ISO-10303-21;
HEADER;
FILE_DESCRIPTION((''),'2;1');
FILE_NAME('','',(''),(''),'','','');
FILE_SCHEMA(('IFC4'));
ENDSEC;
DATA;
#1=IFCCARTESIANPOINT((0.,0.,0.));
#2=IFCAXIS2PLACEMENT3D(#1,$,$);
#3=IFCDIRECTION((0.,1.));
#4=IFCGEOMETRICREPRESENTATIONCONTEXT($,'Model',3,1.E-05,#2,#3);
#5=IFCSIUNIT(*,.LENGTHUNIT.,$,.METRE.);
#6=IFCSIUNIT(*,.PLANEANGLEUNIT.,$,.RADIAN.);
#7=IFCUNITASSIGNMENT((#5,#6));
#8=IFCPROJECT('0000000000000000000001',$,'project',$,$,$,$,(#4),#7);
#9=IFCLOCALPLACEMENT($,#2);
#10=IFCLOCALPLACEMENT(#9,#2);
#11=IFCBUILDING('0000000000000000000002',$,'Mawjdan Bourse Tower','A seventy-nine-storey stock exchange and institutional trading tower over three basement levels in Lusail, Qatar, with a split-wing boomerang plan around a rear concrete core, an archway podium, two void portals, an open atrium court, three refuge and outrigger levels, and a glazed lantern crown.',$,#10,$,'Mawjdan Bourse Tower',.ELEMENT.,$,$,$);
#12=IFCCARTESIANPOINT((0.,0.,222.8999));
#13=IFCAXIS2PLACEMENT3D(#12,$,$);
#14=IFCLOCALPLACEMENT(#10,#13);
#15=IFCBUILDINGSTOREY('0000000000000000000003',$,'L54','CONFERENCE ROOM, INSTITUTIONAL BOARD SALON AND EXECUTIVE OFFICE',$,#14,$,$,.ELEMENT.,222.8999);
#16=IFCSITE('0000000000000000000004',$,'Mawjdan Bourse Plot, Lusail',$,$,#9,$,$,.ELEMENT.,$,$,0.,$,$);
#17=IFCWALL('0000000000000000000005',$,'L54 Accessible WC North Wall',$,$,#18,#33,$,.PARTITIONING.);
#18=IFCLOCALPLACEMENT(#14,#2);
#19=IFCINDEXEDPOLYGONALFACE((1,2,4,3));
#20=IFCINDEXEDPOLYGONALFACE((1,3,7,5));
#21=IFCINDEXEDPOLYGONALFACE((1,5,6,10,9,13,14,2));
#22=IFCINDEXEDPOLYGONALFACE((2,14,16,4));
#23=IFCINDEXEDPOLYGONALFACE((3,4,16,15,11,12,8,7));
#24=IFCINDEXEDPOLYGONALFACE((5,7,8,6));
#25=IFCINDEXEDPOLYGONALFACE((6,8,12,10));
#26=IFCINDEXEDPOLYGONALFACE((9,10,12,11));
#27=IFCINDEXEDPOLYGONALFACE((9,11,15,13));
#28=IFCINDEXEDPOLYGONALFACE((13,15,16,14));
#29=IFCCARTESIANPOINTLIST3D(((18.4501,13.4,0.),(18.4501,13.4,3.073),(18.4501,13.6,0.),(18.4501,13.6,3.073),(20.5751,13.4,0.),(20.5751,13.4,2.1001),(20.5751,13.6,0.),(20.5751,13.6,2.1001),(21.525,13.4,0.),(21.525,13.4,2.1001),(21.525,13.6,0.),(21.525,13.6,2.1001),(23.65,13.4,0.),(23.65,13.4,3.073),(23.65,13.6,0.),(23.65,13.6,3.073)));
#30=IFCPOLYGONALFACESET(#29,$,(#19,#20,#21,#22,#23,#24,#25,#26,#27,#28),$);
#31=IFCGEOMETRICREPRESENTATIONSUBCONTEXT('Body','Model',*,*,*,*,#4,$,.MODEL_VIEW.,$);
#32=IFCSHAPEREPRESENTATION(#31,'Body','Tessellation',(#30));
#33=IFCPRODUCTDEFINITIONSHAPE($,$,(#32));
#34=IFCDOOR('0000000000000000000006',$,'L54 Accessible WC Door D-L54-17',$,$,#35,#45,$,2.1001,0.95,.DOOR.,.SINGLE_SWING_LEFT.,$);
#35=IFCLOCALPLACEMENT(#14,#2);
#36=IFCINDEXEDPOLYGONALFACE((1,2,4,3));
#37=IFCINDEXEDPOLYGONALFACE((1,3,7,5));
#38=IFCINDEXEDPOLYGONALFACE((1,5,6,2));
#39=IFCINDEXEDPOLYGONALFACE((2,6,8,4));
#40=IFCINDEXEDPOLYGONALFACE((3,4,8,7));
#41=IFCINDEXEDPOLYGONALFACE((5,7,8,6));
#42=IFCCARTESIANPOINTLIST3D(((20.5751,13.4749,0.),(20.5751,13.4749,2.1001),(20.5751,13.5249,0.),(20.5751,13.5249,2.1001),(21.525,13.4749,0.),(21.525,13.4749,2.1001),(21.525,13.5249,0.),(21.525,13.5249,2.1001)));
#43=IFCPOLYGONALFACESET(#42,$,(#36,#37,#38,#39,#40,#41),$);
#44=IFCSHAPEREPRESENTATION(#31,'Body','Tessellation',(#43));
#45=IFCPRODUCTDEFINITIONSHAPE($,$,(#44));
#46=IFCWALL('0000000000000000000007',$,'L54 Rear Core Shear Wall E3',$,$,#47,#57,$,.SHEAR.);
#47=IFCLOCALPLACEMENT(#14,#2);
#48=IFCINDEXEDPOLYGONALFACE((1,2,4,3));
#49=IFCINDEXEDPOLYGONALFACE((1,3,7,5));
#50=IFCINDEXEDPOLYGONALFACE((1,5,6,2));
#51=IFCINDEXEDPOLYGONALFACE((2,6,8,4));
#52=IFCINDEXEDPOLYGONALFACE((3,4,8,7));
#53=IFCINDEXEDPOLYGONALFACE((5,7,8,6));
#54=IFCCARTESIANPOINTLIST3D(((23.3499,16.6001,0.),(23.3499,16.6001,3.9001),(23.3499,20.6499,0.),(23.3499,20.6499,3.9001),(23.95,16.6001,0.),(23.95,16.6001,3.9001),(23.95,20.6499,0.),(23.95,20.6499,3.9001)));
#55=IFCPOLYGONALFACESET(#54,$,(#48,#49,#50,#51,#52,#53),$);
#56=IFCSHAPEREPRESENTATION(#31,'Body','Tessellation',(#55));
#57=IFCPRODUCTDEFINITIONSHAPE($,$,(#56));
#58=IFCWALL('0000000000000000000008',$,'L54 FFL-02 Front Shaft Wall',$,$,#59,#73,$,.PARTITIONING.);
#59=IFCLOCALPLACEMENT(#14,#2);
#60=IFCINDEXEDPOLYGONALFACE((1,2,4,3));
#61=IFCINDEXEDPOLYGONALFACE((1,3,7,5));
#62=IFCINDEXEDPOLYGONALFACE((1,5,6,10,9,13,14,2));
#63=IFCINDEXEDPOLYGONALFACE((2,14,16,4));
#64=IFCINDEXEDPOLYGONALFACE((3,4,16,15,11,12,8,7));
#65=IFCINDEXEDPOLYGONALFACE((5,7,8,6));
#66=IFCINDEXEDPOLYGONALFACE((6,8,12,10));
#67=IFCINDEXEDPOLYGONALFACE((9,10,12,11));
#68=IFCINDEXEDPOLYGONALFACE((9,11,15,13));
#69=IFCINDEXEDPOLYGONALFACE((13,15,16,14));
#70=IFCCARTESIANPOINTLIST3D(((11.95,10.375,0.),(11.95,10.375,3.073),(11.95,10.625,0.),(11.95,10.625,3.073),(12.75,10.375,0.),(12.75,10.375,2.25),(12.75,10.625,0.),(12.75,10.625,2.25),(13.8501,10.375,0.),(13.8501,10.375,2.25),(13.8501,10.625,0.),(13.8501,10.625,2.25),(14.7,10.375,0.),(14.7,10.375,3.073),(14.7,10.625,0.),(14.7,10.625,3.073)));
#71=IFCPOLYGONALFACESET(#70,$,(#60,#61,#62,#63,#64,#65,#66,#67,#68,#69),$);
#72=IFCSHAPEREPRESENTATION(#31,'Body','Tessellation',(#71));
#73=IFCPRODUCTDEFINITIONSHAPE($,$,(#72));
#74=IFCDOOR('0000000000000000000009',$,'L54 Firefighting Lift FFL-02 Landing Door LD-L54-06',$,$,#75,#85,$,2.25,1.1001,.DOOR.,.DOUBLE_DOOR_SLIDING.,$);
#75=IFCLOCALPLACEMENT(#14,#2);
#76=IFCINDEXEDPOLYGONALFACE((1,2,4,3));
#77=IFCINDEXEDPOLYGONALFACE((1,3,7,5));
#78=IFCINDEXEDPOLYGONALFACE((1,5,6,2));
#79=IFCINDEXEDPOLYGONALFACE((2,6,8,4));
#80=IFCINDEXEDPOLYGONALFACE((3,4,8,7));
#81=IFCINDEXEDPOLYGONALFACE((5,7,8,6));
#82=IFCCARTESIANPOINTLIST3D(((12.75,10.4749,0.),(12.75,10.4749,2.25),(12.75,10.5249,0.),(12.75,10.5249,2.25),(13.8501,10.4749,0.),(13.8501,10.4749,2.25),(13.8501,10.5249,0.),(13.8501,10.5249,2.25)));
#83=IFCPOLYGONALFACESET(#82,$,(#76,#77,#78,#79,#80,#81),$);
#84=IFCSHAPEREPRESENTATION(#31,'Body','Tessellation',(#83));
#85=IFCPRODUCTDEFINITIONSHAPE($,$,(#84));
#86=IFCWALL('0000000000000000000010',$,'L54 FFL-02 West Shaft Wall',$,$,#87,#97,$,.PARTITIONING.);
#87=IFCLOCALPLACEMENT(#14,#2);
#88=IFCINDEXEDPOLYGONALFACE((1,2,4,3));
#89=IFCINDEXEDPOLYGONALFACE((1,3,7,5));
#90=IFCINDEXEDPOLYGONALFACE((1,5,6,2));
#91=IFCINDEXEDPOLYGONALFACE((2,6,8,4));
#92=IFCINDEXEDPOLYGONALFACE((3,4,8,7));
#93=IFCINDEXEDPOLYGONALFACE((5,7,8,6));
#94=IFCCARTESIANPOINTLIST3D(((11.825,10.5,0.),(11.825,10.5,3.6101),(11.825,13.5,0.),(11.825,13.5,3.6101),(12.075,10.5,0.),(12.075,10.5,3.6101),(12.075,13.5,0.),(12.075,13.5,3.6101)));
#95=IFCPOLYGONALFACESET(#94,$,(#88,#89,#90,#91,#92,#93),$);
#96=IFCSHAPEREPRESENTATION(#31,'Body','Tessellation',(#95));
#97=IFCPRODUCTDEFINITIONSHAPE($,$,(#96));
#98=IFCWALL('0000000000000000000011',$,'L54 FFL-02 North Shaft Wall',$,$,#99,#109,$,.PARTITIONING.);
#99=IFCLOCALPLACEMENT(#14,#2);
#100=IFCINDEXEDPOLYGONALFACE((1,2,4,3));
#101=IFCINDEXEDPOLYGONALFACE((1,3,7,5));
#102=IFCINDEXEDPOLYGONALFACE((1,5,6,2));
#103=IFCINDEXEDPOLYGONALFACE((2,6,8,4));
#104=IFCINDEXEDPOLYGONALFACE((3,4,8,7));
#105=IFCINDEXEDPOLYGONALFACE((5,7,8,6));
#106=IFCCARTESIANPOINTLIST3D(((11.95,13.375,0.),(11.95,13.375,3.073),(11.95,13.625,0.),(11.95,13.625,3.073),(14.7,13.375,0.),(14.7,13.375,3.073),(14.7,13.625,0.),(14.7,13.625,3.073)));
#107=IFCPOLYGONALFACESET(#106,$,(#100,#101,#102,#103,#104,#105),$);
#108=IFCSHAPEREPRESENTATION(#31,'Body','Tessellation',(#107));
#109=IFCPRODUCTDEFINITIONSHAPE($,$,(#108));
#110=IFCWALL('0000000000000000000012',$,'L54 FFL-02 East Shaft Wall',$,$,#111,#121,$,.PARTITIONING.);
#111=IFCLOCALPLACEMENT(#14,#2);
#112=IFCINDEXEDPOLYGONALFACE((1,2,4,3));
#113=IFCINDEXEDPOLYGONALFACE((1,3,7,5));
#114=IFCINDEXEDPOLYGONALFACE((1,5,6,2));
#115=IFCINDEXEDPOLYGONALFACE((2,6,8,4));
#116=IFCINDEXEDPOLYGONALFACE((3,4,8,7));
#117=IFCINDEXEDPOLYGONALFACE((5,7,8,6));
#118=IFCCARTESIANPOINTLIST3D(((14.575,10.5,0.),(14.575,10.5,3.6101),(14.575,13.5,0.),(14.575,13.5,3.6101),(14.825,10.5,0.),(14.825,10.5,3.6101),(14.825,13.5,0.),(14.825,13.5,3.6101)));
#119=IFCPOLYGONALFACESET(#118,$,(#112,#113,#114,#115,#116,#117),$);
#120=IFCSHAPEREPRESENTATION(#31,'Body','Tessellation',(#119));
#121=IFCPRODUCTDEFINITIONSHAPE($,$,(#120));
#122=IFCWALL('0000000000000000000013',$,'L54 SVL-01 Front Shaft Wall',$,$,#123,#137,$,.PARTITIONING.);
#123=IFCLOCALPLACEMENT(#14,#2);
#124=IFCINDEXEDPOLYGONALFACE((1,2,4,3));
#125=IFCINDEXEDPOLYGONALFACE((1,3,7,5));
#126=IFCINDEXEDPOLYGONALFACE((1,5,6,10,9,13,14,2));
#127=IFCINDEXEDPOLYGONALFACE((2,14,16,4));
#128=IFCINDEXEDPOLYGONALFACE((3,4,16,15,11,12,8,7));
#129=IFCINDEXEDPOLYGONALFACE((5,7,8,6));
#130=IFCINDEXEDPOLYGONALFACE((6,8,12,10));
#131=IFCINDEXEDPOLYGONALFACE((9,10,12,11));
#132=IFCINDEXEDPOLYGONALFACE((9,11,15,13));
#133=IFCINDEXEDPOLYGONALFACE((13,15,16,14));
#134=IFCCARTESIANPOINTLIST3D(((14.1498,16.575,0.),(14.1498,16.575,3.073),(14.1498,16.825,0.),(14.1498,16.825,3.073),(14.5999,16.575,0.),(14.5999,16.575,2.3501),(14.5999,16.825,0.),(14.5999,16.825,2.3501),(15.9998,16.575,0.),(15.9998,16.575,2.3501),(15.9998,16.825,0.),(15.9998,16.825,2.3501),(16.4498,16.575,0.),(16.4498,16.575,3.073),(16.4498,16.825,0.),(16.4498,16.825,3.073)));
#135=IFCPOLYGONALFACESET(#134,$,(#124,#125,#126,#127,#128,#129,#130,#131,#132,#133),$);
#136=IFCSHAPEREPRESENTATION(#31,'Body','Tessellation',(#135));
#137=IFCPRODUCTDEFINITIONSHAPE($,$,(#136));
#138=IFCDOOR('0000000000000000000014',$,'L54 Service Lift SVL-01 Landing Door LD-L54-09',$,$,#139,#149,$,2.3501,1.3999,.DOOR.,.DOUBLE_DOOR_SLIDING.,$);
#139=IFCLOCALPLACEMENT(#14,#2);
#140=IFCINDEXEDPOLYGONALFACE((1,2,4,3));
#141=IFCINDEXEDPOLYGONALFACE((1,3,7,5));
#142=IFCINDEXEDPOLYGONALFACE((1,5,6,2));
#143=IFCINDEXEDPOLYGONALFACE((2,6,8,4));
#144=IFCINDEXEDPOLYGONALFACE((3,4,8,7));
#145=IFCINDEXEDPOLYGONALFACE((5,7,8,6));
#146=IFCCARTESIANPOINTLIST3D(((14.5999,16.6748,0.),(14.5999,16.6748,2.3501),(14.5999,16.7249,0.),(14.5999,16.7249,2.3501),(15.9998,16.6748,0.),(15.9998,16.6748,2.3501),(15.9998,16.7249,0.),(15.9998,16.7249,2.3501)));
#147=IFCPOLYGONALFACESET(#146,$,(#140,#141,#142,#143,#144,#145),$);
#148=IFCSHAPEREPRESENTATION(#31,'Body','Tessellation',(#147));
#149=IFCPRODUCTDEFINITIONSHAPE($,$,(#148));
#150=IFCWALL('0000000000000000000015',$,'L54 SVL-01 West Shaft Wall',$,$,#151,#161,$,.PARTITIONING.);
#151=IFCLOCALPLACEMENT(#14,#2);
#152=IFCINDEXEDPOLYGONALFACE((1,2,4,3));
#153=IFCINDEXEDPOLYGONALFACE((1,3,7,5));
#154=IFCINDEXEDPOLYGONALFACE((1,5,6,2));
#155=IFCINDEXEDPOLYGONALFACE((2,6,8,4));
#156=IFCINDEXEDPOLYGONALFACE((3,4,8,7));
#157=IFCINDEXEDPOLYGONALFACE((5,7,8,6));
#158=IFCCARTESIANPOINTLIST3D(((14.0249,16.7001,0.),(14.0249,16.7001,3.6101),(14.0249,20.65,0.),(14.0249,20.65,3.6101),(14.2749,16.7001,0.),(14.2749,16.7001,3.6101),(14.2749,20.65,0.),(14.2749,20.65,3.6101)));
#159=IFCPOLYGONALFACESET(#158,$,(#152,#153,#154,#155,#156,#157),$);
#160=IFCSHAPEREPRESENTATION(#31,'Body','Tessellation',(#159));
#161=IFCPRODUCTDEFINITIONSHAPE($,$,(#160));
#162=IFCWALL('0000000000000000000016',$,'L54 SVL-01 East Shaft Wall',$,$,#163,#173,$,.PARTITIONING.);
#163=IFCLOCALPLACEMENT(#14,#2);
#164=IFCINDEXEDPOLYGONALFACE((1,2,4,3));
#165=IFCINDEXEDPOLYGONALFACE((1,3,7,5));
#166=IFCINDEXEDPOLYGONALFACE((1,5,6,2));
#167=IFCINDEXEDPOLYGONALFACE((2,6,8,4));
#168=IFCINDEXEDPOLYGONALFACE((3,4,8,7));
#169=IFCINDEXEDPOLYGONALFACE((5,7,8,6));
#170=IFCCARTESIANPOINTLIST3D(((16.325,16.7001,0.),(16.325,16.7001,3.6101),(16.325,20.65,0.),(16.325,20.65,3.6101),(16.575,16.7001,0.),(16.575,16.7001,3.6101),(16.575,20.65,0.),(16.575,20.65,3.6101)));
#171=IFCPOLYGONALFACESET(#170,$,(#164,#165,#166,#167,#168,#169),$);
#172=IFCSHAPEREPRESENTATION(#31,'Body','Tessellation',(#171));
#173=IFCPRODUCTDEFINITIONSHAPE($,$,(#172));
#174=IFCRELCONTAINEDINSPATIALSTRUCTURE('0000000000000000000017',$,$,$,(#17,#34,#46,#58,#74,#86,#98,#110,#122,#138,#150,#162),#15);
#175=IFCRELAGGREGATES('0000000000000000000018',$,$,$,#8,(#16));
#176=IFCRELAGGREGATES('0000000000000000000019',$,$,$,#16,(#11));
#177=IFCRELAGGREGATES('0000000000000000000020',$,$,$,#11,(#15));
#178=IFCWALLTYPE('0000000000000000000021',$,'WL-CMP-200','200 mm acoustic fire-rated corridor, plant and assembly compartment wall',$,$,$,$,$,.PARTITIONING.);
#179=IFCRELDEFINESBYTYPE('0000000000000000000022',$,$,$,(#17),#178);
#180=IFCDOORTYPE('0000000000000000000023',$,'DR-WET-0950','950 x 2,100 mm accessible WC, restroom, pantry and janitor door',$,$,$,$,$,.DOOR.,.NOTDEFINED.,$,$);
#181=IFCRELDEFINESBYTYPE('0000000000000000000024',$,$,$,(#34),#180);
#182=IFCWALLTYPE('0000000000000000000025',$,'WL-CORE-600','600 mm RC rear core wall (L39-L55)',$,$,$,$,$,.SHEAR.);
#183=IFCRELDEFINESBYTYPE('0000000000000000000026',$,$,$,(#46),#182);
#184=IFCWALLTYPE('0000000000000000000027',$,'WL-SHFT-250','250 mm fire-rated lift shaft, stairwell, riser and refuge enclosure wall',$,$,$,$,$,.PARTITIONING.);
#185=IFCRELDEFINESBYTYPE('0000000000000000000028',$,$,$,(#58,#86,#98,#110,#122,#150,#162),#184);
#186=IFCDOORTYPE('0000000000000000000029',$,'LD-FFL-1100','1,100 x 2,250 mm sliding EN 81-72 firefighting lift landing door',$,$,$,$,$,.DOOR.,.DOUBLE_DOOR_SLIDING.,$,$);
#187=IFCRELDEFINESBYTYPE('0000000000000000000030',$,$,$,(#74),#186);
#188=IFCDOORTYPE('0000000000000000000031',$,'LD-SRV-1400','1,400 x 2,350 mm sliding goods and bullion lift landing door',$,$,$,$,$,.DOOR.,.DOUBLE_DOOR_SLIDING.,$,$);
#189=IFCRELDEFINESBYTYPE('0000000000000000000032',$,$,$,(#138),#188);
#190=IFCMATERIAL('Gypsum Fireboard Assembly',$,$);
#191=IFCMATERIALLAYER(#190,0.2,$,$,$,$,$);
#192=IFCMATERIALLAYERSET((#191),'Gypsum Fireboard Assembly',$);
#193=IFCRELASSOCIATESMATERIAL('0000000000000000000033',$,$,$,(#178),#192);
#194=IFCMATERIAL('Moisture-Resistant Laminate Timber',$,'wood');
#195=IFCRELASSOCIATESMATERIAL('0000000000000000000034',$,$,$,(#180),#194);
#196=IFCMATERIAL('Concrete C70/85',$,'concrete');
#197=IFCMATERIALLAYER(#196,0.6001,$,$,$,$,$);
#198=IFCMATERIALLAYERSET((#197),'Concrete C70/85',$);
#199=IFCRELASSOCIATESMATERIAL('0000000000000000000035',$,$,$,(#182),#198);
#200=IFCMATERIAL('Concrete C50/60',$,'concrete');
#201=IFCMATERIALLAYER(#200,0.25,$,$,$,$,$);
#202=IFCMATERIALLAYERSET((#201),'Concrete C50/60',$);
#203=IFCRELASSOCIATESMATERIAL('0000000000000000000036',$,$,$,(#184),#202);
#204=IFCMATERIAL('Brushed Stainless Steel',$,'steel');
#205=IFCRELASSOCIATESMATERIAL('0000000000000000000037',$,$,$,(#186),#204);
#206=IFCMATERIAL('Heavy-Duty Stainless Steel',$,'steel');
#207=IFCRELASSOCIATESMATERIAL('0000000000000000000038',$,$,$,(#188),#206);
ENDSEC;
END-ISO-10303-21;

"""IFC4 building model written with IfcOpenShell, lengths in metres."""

from ifc_helpers import new_model, si_unit, direction, frame, frame_2d, origin, place, context, subcontext, project, spatial, rectangle, extrude, material, layer, layer_set, type_object, element, fill, save


model = new_model("IFC4")

# Units and contexts
model_context = context("Model", 3, precision=1e-05, world=origin(), true_north=direction((0.0, 1.0)))
body_context = subcontext(model_context, "Body", "Model", "MODEL_VIEW")
ifc_project = project(units=[si_unit("LENGTHUNIT", "METRE"), si_unit("PLANEANGLEUNIT", "RADIAN")], contexts=[model_context])

# Site, building, storey
site_placement = place(None, origin())
site = spatial("IfcSite", under=ifc_project, at=site_placement, Name="Mawjdan Bourse Plot, Lusail", CompositionType="ELEMENT", RefElevation=0.0)
building_placement = place(site_placement, origin())
building = spatial("IfcBuilding", under=site, at=building_placement, Name="Mawjdan Bourse Tower", Description="A seventy-nine-storey stock exchange and institutional trading tower over three basement levels in Lusail, Qatar, with a split-wing boomerang plan around a rear concrete core, an archway podium, two void portals, an open atrium court, three refuge and outrigger levels, and a glazed lantern crown.", LongName="Mawjdan Bourse Tower", CompositionType="ELEMENT")
storey_placement = place(building_placement, frame((0.0, 0.0, 222.8999)))
storey = spatial("IfcBuildingStorey", under=building, at=storey_placement, Name="L54", Description="CONFERENCE ROOM, INSTITUTIONAL BOARD SALON AND EXECUTIVE OFFICE", CompositionType="ELEMENT", Elevation=222.8999)

# Shared definitions
ifc_material_1 = material(Name="Concrete C70/85", Category="concrete")

# Wall, opening, door
ifc_material_2 = material(Name="Gypsum Fireboard Assembly")
ifc_layer_1 = layer(ifc_material_2, 0.2)
ifc_layer_set_1 = layer_set([ifc_layer_1], Name="Gypsum Fireboard Assembly")
wall_type_1 = type_object("IfcWallType", Name="WL-CMP-200", Description="200 mm acoustic fire-rated corridor, plant and assembly compartment wall", PredefinedType="PARTITIONING", material=ifc_layer_set_1)
ifc_material_3 = material(Name="Moisture-Resistant Laminate Timber", Category="wood")
door_type_1 = type_object("IfcDoorType", Name="DR-WET-0950", Description="950 x 2,100 mm accessible WC, restroom, pantry and janitor door", OperationType="NOTDEFINED", PredefinedType="DOOR", material=ifc_material_3)
wall_1_placement = place(storey_placement, frame((18.45, 13.5, 0.0), z_axis=(0.0, 0.0, 1.0), x_axis=(1.0, 0.0, 0.0)))
wall_1 = element("IfcWall", 1, at=wall_1_placement, inside=storey, type_object=wall_type_1, Name="L54 Accessible WC North Wall", PredefinedType="PARTITIONING", context=body_context, shape_type="SweptSolid", body=[
    extrude(rectangle(XDim=5.2, YDim=0.2, at=frame_2d((2.6001, 0.0))), origin(), (0.0, 0.0, 1.0), 3.073),
])
opening_1_placement = place(wall_1_placement, frame((2.125, 0.0, 0.0)))
opening_1 = element("IfcOpeningElement", 2, at=opening_1_placement, cuts=wall_1, PredefinedType="OPENING", context=body_context, shape_type="SweptSolid", body=[
    extrude(rectangle(XDim=0.95, YDim=2.1001, at=frame_2d((0.4751, 1.05))), frame((0.0, 0.1099, 0.0), z_axis=(0.0, -1.0, 0.0), x_axis=(1.0, 0.0, 0.0)), (0.0, 0.0, 1.0), 0.22),
])
door_1_placement = place(opening_1_placement, origin())
door_1 = element("IfcDoor", 3, at=door_1_placement, inside=storey, type_object=door_type_1, Name="L54 Accessible WC Door D-L54-17", OperationType="SINGLE_SWING_LEFT", OverallHeight=2.1001, OverallWidth=0.95, PredefinedType="DOOR", context=body_context, shape_type="SweptSolid", body=[
    extrude(rectangle(XDim=0.95, YDim=2.1001, at=frame_2d((0.4751, 1.05))), frame((0.0, 0.0249, 0.0), z_axis=(0.0, -1.0, 0.0), x_axis=(1.0, 0.0, 0.0)), (0.0, 0.0, 1.0), 0.05),
])
fill(opening_1, door_1)

# Wall
ifc_layer_2 = layer(ifc_material_1, 0.6001)
ifc_layer_set_2 = layer_set([ifc_layer_2], Name="Concrete C70/85")
wall_type_2 = type_object("IfcWallType", Name="WL-CORE-600", Description="600 mm RC rear core wall (L39-L55)", PredefinedType="SHEAR", material=ifc_layer_set_2)
wall_2_placement = place(storey_placement, frame((23.6499, 16.6001, 0.0), z_axis=(0.0, 0.0, 1.0), x_axis=(0.0, 1.0, 0.0)))
element("IfcWall", 4, at=wall_2_placement, inside=storey, type_object=wall_type_2, Name="L54 Rear Core Shear Wall E3", PredefinedType="SHEAR", context=body_context, shape_type="SweptSolid", body=[
    extrude(rectangle(XDim=4.0498, YDim=0.6001, at=frame_2d((2.0249, 0.0))), origin(), (0.0, 0.0, 1.0), 3.9001),
])

# Wall, opening, door
ifc_material_4 = material(Name="Concrete C50/60", Category="concrete")
ifc_layer_3 = layer(ifc_material_4, 0.25)
ifc_layer_set_3 = layer_set([ifc_layer_3], Name="Concrete C50/60")
wall_type_3 = type_object("IfcWallType", Name="WL-SHFT-250", Description="250 mm fire-rated lift shaft, stairwell, riser and refuge enclosure wall", PredefinedType="PARTITIONING", material=ifc_layer_set_3)
wall_3_placement = place(storey_placement, frame((11.95, 10.5, 0.0), z_axis=(0.0, 0.0, 1.0), x_axis=(1.0, 0.0, 0.0)))
wall_3 = element("IfcWall", 5, at=wall_3_placement, inside=storey, type_object=wall_type_3, Name="L54 FFL-02 Front Shaft Wall", PredefinedType="PARTITIONING", context=body_context, shape_type="SweptSolid", body=[
    extrude(rectangle(XDim=2.75, YDim=0.25, at=frame_2d((1.375, 0.0))), origin(), (0.0, 0.0, 1.0), 3.073),
])
opening_2_placement = place(wall_3_placement, frame((0.8, 0.0, 0.0)))
opening_2 = element("IfcOpeningElement", 6, at=opening_2_placement, cuts=wall_3, PredefinedType="OPENING", context=body_context, shape_type="SweptSolid", body=[
    extrude(rectangle(XDim=1.1001, YDim=2.25, at=frame_2d((0.55, 1.125))), frame((0.0, 0.135, 0.0), z_axis=(0.0, -1.0, 0.0), x_axis=(1.0, 0.0, 0.0)), (0.0, 0.0, 1.0), 0.27),
])
ifc_material_5 = material(Name="Brushed Stainless Steel", Category="steel")
door_type_2 = type_object("IfcDoorType", Name="LD-FFL-1100", Description="1,100 x 2,250 mm sliding EN 81-72 firefighting lift landing door", OperationType="DOUBLE_DOOR_SLIDING", PredefinedType="DOOR", material=ifc_material_5)
door_2_placement = place(opening_2_placement, origin())
door_2 = element("IfcDoor", 7, at=door_2_placement, inside=storey, type_object=door_type_2, Name="L54 Firefighting Lift FFL-02 Landing Door LD-L54-06", OperationType="DOUBLE_DOOR_SLIDING", OverallHeight=2.25, OverallWidth=1.1001, PredefinedType="DOOR", context=body_context, shape_type="SweptSolid", body=[
    extrude(rectangle(XDim=1.1001, YDim=2.25, at=frame_2d((0.55, 1.125))), frame((0.0, 0.0249, 0.0), z_axis=(0.0, -1.0, 0.0), x_axis=(1.0, 0.0, 0.0)), (0.0, 0.0, 1.0), 0.05),
])
fill(opening_2, door_2)

# Walls
wall_4_placement = place(storey_placement, frame((11.95, 10.5, 0.0), z_axis=(0.0, 0.0, 1.0), x_axis=(0.0, 1.0, 0.0)))
element("IfcWall", 8, at=wall_4_placement, inside=storey, type_object=wall_type_3, Name="L54 FFL-02 West Shaft Wall", PredefinedType="PARTITIONING", context=body_context, shape_type="SweptSolid", body=[
    extrude(rectangle(XDim=3.0, YDim=0.25, at=frame_2d((1.5, 0.0))), origin(), (0.0, 0.0, 1.0), 3.6101),
])
wall_5_placement = place(storey_placement, frame((11.95, 13.5, 0.0), z_axis=(0.0, 0.0, 1.0), x_axis=(1.0, 0.0, 0.0)))
element("IfcWall", 9, at=wall_5_placement, inside=storey, type_object=wall_type_3, Name="L54 FFL-02 North Shaft Wall", PredefinedType="PARTITIONING", context=body_context, shape_type="SweptSolid", body=[
    extrude(rectangle(XDim=2.75, YDim=0.25, at=frame_2d((1.375, 0.0))), origin(), (0.0, 0.0, 1.0), 3.073),
])
wall_6_placement = place(storey_placement, frame((14.7, 10.5, 0.0), z_axis=(0.0, 0.0, 1.0), x_axis=(0.0, 1.0, 0.0)))
element("IfcWall", 10, at=wall_6_placement, inside=storey, type_object=wall_type_3, Name="L54 FFL-02 East Shaft Wall", PredefinedType="PARTITIONING", context=body_context, shape_type="SweptSolid", body=[
    extrude(rectangle(XDim=3.0, YDim=0.25, at=frame_2d((1.5, 0.0))), origin(), (0.0, 0.0, 1.0), 3.6101),
])

# Wall, opening, door
wall_7_placement = place(storey_placement, frame((14.1499, 16.7, 0.0), z_axis=(0.0, 0.0, 1.0), x_axis=(1.0, 0.0, 0.0)))
wall_7 = element("IfcWall", 11, at=wall_7_placement, inside=storey, type_object=wall_type_3, Name="L54 SVL-01 Front Shaft Wall", PredefinedType="PARTITIONING", context=body_context, shape_type="SweptSolid", body=[
    extrude(rectangle(XDim=2.3, YDim=0.25, at=frame_2d((1.1499, 0.0))), origin(), (0.0, 0.0, 1.0), 3.073),
])
opening_3_placement = place(wall_7_placement, frame((0.45, 0.0, 0.0)))
opening_3 = element("IfcOpeningElement", 12, at=opening_3_placement, cuts=wall_7, PredefinedType="OPENING", context=body_context, shape_type="SweptSolid", body=[
    extrude(rectangle(XDim=1.3999, YDim=2.3501, at=frame_2d((0.7, 1.175))), frame((0.0, 0.135, 0.0), z_axis=(0.0, -1.0, 0.0), x_axis=(1.0, 0.0, 0.0)), (0.0, 0.0, 1.0), 0.27),
])
ifc_material_6 = material(Name="Heavy-Duty Stainless Steel", Category="steel")
door_type_3 = type_object("IfcDoorType", Name="LD-SRV-1400", Description="1,400 x 2,350 mm sliding goods and bullion lift landing door", OperationType="DOUBLE_DOOR_SLIDING", PredefinedType="DOOR", material=ifc_material_6)
door_3_placement = place(opening_3_placement, origin())
door_3 = element("IfcDoor", 13, at=door_3_placement, inside=storey, type_object=door_type_3, Name="L54 Service Lift SVL-01 Landing Door LD-L54-09", OperationType="DOUBLE_DOOR_SLIDING", OverallHeight=2.3501, OverallWidth=1.3999, PredefinedType="DOOR", context=body_context, shape_type="SweptSolid", body=[
    extrude(rectangle(XDim=1.3999, YDim=2.3501, at=frame_2d((0.7, 1.175))), frame((0.0, 0.0249, 0.0), z_axis=(0.0, -1.0, 0.0), x_axis=(1.0, 0.0, 0.0)), (0.0, 0.0, 1.0), 0.05),
])
fill(opening_3, door_3)

# Walls
for number, where, z_axis, x_axis, name in (
    (14, (14.1499, 16.7, 0.0), (0.0, 0.0, 1.0), (0.0, 1.0, 0.0), "L54 SVL-01 West Shaft Wall"),
    (15, (16.45, 16.7, 0.0), (0.0, 0.0, 1.0), (0.0, 1.0, 0.0), "L54 SVL-01 East Shaft Wall"),
):
    element("IfcWall", number, at=place(storey_placement, frame(where, z_axis=z_axis, x_axis=x_axis)), inside=storey, type_object=wall_type_3, Name=name, PredefinedType="PARTITIONING", context=body_context, shape_type="SweptSolid", body=[
        extrude(rectangle(XDim=3.95, YDim=0.25, at=frame_2d((1.9751, 0.0))), origin(), (0.0, 0.0, 1.0), 3.6101),
    ])

save(model, "model.ifc")
